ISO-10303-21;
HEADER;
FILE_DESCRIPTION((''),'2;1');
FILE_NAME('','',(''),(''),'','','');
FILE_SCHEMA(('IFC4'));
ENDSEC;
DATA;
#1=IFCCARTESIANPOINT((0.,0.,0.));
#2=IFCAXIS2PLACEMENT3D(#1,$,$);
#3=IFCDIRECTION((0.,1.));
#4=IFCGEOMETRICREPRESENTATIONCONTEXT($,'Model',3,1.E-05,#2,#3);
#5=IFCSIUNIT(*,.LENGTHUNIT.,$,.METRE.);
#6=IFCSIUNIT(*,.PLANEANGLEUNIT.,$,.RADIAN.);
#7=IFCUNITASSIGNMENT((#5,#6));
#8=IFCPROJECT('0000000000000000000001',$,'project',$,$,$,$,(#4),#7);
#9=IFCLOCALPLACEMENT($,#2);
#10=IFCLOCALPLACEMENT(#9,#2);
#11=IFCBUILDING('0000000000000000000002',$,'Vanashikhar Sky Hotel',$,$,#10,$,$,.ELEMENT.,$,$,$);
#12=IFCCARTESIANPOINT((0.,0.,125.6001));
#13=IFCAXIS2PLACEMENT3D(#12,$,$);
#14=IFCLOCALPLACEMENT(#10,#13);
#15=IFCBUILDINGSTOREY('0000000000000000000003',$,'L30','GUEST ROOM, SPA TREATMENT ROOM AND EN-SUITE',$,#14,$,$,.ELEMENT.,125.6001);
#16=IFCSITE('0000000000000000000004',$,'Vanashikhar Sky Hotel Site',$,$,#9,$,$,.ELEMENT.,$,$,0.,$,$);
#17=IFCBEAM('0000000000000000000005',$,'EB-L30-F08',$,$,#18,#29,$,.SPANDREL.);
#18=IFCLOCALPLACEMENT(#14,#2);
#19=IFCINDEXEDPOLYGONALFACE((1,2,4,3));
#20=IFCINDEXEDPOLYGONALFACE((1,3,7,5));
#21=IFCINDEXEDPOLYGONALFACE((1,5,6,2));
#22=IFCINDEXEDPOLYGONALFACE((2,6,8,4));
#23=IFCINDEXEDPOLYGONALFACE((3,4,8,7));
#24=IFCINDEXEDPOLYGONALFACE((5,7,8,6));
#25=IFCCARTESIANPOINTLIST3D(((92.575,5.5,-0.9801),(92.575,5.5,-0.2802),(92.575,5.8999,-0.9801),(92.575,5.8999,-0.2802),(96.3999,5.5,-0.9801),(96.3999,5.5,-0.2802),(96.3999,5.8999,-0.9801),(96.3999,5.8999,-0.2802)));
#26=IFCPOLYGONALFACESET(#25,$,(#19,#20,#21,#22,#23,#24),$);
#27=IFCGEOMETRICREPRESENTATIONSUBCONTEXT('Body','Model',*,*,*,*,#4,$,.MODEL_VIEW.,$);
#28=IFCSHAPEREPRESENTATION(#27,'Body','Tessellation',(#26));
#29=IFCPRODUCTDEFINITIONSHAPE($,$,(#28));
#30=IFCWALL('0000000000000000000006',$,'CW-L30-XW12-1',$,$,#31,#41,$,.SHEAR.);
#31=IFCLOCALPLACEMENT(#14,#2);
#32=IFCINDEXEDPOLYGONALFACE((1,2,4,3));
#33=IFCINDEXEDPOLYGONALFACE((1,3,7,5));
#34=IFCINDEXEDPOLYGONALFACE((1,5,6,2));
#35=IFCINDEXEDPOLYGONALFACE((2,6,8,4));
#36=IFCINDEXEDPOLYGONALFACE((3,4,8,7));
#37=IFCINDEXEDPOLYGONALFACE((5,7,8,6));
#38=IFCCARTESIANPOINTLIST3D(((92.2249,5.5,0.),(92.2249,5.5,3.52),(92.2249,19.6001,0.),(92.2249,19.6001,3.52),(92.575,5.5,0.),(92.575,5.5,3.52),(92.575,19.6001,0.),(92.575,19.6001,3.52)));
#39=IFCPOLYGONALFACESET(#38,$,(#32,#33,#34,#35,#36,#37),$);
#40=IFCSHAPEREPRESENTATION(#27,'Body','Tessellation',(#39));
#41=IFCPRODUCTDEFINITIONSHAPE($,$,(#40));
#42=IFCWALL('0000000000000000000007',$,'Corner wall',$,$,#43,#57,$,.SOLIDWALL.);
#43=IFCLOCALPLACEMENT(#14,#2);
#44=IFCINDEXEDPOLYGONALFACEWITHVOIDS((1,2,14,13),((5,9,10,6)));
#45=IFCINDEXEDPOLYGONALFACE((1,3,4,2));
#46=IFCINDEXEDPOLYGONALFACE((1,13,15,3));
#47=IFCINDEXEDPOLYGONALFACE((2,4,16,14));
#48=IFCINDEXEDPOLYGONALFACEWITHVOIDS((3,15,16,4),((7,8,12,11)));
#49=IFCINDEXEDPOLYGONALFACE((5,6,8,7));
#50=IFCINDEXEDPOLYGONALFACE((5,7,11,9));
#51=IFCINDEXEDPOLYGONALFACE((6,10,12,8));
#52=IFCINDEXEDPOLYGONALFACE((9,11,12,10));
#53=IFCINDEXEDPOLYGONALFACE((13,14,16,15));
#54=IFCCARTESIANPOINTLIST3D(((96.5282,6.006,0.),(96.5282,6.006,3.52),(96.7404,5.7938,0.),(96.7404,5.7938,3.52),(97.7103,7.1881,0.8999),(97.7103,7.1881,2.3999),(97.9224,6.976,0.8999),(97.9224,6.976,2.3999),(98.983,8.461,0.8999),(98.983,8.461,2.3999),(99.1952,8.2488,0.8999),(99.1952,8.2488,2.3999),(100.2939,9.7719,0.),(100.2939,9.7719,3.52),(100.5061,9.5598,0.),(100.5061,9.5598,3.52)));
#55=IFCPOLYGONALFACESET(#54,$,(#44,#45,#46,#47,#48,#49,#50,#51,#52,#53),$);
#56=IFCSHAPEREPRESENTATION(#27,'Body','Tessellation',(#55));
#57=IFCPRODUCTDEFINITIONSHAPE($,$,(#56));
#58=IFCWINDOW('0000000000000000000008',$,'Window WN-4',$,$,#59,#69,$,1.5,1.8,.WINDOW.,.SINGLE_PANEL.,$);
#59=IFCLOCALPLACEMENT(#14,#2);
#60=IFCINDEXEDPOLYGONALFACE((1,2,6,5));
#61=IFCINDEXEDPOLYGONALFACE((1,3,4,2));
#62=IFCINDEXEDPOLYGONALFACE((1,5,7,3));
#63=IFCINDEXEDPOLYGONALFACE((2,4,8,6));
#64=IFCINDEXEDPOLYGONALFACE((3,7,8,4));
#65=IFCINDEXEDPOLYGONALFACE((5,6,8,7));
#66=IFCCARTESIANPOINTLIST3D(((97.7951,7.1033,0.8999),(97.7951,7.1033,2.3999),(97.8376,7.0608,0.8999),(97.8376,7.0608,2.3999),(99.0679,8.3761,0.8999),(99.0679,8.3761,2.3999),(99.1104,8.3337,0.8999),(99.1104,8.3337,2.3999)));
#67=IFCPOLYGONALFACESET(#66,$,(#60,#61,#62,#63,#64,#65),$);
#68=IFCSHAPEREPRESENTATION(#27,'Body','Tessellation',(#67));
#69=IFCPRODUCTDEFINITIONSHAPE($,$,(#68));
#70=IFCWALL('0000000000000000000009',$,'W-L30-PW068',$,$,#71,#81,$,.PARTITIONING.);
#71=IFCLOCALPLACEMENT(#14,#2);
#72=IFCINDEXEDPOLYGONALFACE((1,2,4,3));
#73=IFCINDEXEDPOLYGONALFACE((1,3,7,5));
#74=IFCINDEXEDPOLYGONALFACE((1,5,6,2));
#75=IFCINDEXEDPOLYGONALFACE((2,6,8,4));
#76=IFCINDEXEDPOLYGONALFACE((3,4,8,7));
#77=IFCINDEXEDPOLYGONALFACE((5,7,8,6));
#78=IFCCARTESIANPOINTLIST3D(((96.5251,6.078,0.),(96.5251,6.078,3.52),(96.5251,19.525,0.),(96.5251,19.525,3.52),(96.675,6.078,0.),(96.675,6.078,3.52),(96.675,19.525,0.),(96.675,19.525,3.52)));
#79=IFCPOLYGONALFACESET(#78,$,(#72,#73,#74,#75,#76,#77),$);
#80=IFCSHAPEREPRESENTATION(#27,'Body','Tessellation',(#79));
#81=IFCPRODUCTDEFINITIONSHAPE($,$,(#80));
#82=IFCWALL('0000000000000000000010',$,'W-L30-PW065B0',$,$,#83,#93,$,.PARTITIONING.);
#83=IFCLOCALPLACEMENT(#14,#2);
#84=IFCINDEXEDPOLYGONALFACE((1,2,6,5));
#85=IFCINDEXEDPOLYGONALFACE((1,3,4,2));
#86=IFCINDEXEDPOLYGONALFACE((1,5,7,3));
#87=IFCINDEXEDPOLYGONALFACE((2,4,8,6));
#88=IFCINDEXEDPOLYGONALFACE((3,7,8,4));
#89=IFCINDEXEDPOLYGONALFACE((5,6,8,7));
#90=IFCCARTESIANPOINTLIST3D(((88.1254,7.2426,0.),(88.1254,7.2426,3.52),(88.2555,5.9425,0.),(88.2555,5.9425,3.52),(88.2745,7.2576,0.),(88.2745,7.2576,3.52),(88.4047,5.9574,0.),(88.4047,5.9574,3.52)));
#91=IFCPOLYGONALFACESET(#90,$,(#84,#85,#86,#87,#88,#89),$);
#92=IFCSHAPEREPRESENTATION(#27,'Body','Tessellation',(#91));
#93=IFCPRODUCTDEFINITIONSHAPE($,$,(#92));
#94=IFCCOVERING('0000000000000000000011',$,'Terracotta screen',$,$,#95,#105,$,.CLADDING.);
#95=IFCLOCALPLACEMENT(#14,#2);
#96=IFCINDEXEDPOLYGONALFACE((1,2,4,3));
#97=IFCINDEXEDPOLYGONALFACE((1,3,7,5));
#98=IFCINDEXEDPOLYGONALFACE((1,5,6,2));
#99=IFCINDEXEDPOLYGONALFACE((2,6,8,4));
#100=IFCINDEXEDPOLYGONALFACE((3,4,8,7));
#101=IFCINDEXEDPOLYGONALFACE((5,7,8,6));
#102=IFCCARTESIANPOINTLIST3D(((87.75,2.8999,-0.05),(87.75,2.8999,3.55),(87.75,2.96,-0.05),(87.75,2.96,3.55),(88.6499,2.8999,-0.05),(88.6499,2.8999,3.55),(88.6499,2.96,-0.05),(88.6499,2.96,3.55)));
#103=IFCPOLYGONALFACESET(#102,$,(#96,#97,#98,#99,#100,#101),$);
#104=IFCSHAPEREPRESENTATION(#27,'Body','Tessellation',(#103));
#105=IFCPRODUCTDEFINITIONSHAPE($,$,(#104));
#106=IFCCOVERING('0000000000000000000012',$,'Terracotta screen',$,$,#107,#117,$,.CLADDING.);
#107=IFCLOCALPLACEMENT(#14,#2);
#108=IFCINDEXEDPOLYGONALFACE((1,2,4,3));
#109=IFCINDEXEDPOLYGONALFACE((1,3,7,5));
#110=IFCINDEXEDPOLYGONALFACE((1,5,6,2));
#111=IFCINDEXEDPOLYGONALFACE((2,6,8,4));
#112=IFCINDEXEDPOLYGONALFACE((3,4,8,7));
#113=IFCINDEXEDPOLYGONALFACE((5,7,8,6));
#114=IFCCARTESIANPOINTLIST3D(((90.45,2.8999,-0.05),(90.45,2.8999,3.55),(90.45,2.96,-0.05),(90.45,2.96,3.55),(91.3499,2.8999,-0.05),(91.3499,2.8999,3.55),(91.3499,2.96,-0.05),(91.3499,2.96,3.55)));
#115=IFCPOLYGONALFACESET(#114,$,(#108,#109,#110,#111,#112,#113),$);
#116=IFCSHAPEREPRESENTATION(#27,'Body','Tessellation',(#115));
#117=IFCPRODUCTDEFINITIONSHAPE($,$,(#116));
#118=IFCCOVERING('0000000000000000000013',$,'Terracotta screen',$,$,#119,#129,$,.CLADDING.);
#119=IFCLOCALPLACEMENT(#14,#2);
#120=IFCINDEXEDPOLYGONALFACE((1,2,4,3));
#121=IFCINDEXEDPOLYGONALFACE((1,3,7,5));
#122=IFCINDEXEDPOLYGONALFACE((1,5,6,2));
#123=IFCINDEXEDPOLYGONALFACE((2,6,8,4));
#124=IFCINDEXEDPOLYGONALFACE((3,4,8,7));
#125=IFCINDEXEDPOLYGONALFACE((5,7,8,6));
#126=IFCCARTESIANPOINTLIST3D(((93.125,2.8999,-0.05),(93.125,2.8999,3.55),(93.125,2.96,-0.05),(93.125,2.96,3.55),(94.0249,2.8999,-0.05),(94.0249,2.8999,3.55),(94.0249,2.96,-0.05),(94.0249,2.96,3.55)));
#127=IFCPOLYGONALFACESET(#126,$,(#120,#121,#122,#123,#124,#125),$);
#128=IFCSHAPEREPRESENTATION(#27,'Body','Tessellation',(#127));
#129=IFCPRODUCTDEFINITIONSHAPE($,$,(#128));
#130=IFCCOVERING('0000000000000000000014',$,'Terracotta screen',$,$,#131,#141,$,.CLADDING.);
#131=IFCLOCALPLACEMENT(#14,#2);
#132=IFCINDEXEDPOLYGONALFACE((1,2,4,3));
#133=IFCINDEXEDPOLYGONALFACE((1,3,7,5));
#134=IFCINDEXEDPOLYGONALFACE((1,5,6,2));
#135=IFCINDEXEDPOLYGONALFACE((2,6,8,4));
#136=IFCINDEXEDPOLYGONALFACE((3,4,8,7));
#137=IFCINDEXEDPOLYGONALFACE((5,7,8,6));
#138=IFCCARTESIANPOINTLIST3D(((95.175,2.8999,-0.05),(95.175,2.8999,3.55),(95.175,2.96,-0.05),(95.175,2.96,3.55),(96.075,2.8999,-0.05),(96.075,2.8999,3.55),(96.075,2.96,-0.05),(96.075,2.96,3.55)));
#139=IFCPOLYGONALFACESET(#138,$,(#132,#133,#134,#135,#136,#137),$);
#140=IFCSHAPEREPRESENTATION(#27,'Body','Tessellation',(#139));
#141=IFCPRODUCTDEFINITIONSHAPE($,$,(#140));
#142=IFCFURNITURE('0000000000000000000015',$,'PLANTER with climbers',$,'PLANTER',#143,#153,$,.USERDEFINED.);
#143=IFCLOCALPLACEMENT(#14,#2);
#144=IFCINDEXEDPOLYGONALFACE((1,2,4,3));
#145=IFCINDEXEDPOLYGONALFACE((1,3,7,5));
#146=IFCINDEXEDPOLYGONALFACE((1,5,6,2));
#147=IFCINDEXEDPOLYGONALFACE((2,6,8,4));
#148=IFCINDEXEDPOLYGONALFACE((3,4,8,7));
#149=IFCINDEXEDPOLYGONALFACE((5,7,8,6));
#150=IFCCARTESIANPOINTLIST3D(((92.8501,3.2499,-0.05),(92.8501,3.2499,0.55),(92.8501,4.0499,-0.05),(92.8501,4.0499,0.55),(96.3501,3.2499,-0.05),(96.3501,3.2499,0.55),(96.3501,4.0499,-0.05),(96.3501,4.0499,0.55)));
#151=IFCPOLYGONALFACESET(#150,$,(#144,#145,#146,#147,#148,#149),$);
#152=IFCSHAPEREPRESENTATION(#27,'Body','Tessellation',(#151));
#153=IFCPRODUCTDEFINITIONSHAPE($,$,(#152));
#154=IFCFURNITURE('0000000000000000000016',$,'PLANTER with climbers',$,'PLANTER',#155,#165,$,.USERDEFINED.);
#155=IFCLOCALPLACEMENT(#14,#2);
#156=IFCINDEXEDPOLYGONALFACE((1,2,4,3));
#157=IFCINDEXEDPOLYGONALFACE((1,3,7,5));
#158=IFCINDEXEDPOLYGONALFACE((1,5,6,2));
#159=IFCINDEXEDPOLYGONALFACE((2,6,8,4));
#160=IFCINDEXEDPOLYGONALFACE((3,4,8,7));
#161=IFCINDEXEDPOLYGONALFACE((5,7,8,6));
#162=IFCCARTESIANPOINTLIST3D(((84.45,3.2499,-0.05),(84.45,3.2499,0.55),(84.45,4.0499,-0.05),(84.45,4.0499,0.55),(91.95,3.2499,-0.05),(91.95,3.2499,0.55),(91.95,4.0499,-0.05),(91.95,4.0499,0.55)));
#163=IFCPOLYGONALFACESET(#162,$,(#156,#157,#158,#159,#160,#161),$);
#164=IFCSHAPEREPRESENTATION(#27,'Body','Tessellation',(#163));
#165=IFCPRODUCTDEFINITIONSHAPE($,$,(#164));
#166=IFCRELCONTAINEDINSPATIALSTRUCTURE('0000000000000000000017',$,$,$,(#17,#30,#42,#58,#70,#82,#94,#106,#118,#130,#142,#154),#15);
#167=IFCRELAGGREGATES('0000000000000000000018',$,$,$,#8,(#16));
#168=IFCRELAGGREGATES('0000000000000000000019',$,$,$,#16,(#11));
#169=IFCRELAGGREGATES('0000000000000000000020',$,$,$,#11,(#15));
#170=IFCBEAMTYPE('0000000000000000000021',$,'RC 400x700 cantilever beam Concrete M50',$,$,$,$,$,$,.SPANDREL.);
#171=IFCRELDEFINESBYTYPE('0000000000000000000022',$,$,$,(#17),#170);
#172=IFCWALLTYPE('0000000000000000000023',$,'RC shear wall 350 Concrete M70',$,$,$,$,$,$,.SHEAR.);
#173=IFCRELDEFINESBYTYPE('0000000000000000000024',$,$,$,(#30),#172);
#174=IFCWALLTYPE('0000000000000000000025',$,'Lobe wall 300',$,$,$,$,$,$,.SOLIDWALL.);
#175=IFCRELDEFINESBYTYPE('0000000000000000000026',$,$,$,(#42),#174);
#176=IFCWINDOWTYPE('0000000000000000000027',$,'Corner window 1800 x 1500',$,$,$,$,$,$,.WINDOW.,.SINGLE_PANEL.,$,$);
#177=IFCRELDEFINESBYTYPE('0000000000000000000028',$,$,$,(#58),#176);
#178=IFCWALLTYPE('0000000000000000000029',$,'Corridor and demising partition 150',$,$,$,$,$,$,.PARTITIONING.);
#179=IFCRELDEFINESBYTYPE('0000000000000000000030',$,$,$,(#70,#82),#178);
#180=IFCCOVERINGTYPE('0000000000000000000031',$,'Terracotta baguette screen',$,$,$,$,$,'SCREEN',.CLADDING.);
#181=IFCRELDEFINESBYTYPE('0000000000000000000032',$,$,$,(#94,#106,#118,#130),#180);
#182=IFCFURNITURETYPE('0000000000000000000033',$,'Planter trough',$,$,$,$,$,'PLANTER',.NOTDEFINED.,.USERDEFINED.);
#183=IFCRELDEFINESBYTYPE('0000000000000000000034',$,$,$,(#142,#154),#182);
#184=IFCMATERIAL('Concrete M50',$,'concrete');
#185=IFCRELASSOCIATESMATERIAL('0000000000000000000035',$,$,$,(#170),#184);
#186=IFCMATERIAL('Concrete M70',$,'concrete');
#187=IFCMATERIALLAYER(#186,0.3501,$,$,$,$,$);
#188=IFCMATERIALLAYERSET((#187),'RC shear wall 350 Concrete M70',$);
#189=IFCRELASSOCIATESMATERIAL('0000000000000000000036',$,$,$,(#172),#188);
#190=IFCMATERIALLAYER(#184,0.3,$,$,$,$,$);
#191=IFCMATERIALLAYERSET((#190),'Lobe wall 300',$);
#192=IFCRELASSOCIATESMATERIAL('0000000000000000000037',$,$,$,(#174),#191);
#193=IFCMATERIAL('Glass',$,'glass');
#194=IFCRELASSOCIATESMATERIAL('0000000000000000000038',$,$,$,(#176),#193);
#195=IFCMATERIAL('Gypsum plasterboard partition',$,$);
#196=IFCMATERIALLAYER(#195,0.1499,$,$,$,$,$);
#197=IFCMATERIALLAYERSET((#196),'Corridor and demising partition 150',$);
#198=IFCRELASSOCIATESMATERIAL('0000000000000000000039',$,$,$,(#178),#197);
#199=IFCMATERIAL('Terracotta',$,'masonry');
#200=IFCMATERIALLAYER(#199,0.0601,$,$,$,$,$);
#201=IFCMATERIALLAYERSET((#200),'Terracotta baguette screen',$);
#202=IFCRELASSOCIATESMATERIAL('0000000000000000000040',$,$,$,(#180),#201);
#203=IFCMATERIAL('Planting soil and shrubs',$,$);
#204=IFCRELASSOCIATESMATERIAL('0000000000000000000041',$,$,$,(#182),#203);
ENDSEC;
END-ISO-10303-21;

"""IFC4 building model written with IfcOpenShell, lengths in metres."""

from ifc_helpers import new_model, si_unit, direction, frame, frame_2d, origin, origin_2d, place, context, subcontext, project, spatial, rectangle, extrude, source, transform, mapped, material, layer, layer_set, material_profile, profile_set, type_object, element, fill, save


model = new_model("IFC4")

# Units and contexts
model_context = context("Model", 3, precision=1e-05, world=origin(), true_north=direction((0.0, 1.0)))
body_context = subcontext(model_context, "Body", "Model", "MODEL_VIEW")
ifc_project = project(units=[si_unit("LENGTHUNIT", "METRE"), si_unit("PLANEANGLEUNIT", "RADIAN")], contexts=[model_context])

# Site, building, storey
site_placement = place(None, origin())
site = spatial("IfcSite", under=ifc_project, at=site_placement, Name="Vanashikhar Sky Hotel Site", CompositionType="ELEMENT", RefElevation=0.0)
building_placement = place(site_placement, origin())
building = spatial("IfcBuilding", under=site, at=building_placement, Name="Vanashikhar Sky Hotel", CompositionType="ELEMENT")
storey_placement = place(building_placement, frame((0.0, 0.0, 125.6001)))
storey = spatial("IfcBuildingStorey", under=building, at=storey_placement, Name="L30", Description="GUEST ROOM, SPA TREATMENT ROOM AND EN-SUITE", CompositionType="ELEMENT", Elevation=125.6001)

# Beam
ifc_material_1 = material(Name="Concrete M50", Category="concrete")
ifc_material_profile = material_profile(ifc_material_1, rectangle(XDim=0.3999, YDim=0.7, at=origin_2d()))
ifc_profile_set = profile_set([ifc_material_profile], Name="RC 400x700 cantilever beam Concrete M50")
beam_type = type_object("IfcBeamType", Name="RC 400x700 cantilever beam Concrete M50", PredefinedType="SPANDREL", material=ifc_profile_set)
shared_shape_1 = source(origin(), body_context, "Body", "SweptSolid", [
    extrude(rectangle(XDim=0.3999, YDim=0.7, at=origin_2d()), origin(), (0.0, 0.0, 1.0), 3.825),
])
beam_placement = place(storey_placement, frame((92.575, 5.7, -0.6301), z_axis=(1.0, 0.0, 0.0), x_axis=(0.0, 1.0, 0.0)))
element("IfcBeam", 1, at=beam_placement, inside=storey, type_object=beam_type, Name="EB-L30-F08", PredefinedType="SPANDREL", context=body_context, shape_type="MappedRepresentation", body=[
    mapped(shared_shape_1, transform((0.0, 0.0, 0.0), scale=1.0)),
])

# Wall
ifc_material_2 = material(Name="Concrete M70", Category="concrete")
ifc_layer_1 = layer(ifc_material_2, 0.3501)
ifc_layer_set_1 = layer_set([ifc_layer_1], Name="RC shear wall 350 Concrete M70")
wall_type_1 = type_object("IfcWallType", Name="RC shear wall 350 Concrete M70", PredefinedType="SHEAR", material=ifc_layer_set_1)
shared_shape_2 = source(origin(), body_context, "Body", "SweptSolid", [
    extrude(rectangle(XDim=14.1001, YDim=0.3501, at=frame_2d((7.05, 0.0))), origin(), (0.0, 0.0, 1.0), 3.52),
])
wall_1_placement = place(storey_placement, frame((92.3999, 5.5, 0.0), z_axis=(0.0, 0.0, 1.0), x_axis=(0.0, 1.0, 0.0)))
element("IfcWall", 2, at=wall_1_placement, inside=storey, type_object=wall_type_1, Name="CW-L30-XW12-1", PredefinedType="SHEAR", context=body_context, shape_type="MappedRepresentation", body=[
    mapped(shared_shape_2, transform((0.0, 0.0, 0.0), scale=1.0)),
])

# Wall, opening, window
ifc_layer_2 = layer(ifc_material_1, 0.3)
ifc_layer_set_2 = layer_set([ifc_layer_2], Name="Lobe wall 300")
wall_type_2 = type_object("IfcWallType", Name="Lobe wall 300", PredefinedType="SOLIDWALL", material=ifc_layer_set_2)
shared_shape_3 = source(origin(), body_context, "Body", "SweptSolid", [
    extrude(rectangle(XDim=5.3257, YDim=0.3, at=frame_2d((2.6628, 0.0))), origin(), (0.0, 0.0, 1.0), 3.52),
])
wall_2_placement = place(storey_placement, frame((96.6343, 5.8999, 0.0), z_axis=(0.0, 0.0, 1.0), x_axis=(0.707084, 0.70713, 0.0)))
wall_2 = element("IfcWall", 3, at=wall_2_placement, inside=storey, type_object=wall_type_2, Name="Corner wall", PredefinedType="SOLIDWALL", context=body_context, shape_type="MappedRepresentation", body=[
    mapped(shared_shape_3, transform((0.0, 0.0, 0.0), scale=1.0)),
])
shared_shape_4 = source(origin(), body_context, "Body", "SweptSolid", [
    extrude(rectangle(XDim=1.8, YDim=1.5, at=frame_2d((0.8999, 0.75))), frame((0.0, 0.1602, 0.0), z_axis=(0.0, -1.0, 0.0), x_axis=(1.0, 0.0, 0.0)), (0.0, 0.0, 1.0), 0.3201),
])
opening_1_placement = place(wall_2_placement, frame((1.6719, 0.0, 0.8999)))
opening_1 = element("IfcOpeningElement", 4, at=opening_1_placement, cuts=wall_2, PredefinedType="OPENING", context=body_context, shape_type="MappedRepresentation", body=[
    mapped(shared_shape_4, transform((0.0, 0.0, 0.0), scale=1.0)),
])
ifc_material_3 = material(Name="Glass", Category="glass")
window_type_1 = type_object("IfcWindowType", Name="Corner window 1800 x 1500", PartitioningType="SINGLE_PANEL", PredefinedType="WINDOW", material=ifc_material_3)
shared_shape_5 = source(origin(), body_context, "Body", "SweptSolid", [
    extrude(rectangle(XDim=1.8, YDim=1.5, at=frame_2d((0.8999, 0.75))), frame((0.0, 0.03, 0.0), z_axis=(0.0, -1.0, 0.0), x_axis=(1.0, 0.0, 0.0)), (0.0, 0.0, 1.0), 0.0601),
])
window_1_placement = place(opening_1_placement, origin())
window_1 = element("IfcWindow", 5, at=window_1_placement, inside=storey, type_object=window_type_1, Name="Window WN-4", OverallHeight=1.5, OverallWidth=1.8, PartitioningType="SINGLE_PANEL", PredefinedType="WINDOW", context=body_context, shape_type="MappedRepresentation", body=[
    mapped(shared_shape_5, transform((0.0, 0.0, 0.0), scale=1.0)),
])
fill(opening_1, window_1)

# Walls
ifc_material_4 = material(Name="Gypsum plasterboard partition")
ifc_layer_3 = layer(ifc_material_4, 0.1499)
ifc_layer_set_3 = layer_set([ifc_layer_3], Name="Corridor and demising partition 150")
wall_type_3 = type_object("IfcWallType", Name="Corridor and demising partition 150", PredefinedType="PARTITIONING", material=ifc_layer_set_3)
shared_shape_6 = source(origin(), body_context, "Body", "SweptSolid", [
    extrude(rectangle(XDim=13.447, YDim=0.1499, at=frame_2d((6.7236, 0.0))), origin(), (0.0, 0.0, 1.0), 3.52),
])
wall_3_placement = place(storey_placement, frame((96.6001, 6.0779, 0.0), z_axis=(0.0, 0.0, 1.0), x_axis=(0.0, 1.0, 0.0)))
element("IfcWall", 6, at=wall_3_placement, inside=storey, type_object=wall_type_3, Name="W-L30-PW068", PredefinedType="PARTITIONING", context=body_context, shape_type="MappedRepresentation", body=[
    mapped(shared_shape_6, transform((0.0, 0.0, 0.0), scale=1.0)),
])
shared_shape_7 = source(origin(), body_context, "Body", "SweptSolid", [
    extrude(rectangle(XDim=1.3066, YDim=0.1499, at=frame_2d((0.6533, 0.0))), origin(), (0.0, 0.0, 1.0), 3.52),
])
wall_4_placement = place(storey_placement, frame((88.3301, 5.95, 0.0), z_axis=(0.0, 0.0, 1.0), x_axis=(-0.099596, 0.995028, 0.0)))
element("IfcWall", 7, at=wall_4_placement, inside=storey, type_object=wall_type_3, Name="W-L30-PW065B0", PredefinedType="PARTITIONING", context=body_context, shape_type="MappedRepresentation", body=[
    mapped(shared_shape_7, transform((0.0, 0.0, 0.0), scale=1.0)),
])

# Coverings
ifc_material_5 = material(Name="Terracotta", Category="masonry")
ifc_layer_4 = layer(ifc_material_5, 0.0601)
ifc_layer_set_4 = layer_set([ifc_layer_4], Name="Terracotta baguette screen")
covering_type = type_object("IfcCoveringType", Name="Terracotta baguette screen", ElementType="SCREEN", PredefinedType="CLADDING", material=ifc_layer_set_4)
shared_shape_8 = source(origin(), body_context, "Body", "SweptSolid", [
    extrude(rectangle(XDim=0.8999, YDim=0.0601, at=origin_2d()), origin(), (0.0, 0.0, 1.0), 3.6001),
])
for number, where, z_axis, x_axis, name in (
    (8, (88.2, 2.9299, -0.05), (0.0, 0.0, 1.0), (1.0, 0.0, 0.0), "Terracotta screen"),
    (9, (90.8999, 2.9299, -0.05), (0.0, 0.0, 1.0), (1.0, 0.0, 0.0), "Terracotta screen"),
    (10, (93.575, 2.9299, -0.05), (0.0, 0.0, 1.0), (1.0, 0.0, 0.0), "Terracotta screen"),
    (11, (95.625, 2.9299, -0.05), (0.0, 0.0, 1.0), (1.0, 0.0, 0.0), "Terracotta screen"),
):
    element("IfcCovering", number, at=place(storey_placement, frame(where, z_axis=z_axis, x_axis=x_axis)), inside=storey, type_object=covering_type, Name=name, PredefinedType="CLADDING", context=body_context, shape_type="MappedRepresentation", body=[
        mapped(shared_shape_8, transform((0.0, 0.0, 0.0), scale=1.0)),
    ])

# Furniture
ifc_material_6 = material(Name="Planting soil and shrubs")
furniture_type = type_object("IfcFurnitureType", Name="Planter trough", ElementType="PLANTER", AssemblyPlace="NOTDEFINED", PredefinedType="USERDEFINED", material=ifc_material_6)
shared_shape_9 = source(origin(), body_context, "Body", "SweptSolid", [
    extrude(rectangle(XDim=3.5, YDim=0.8, at=origin_2d()), origin(), (0.0, 0.0, 1.0), 0.6001),
])
furniture_1_placement = place(storey_placement, frame((94.6001, 3.6499, -0.05), z_axis=(0.0, 0.0, 1.0), x_axis=(1.0, 0.0, 0.0)))
element("IfcFurniture", 12, at=furniture_1_placement, inside=storey, type_object=furniture_type, Name="PLANTER with climbers", ObjectType="PLANTER", PredefinedType="USERDEFINED", context=body_context, shape_type="MappedRepresentation", body=[
    mapped(shared_shape_9, transform((0.0, 0.0, 0.0), scale=1.0)),
])
shared_shape_10 = source(origin(), body_context, "Body", "SweptSolid", [
    extrude(rectangle(XDim=7.5, YDim=0.8, at=origin_2d()), origin(), (0.0, 0.0, 1.0), 0.6001),
])
furniture_2_placement = place(storey_placement, frame((88.2, 3.6499, -0.05), z_axis=(0.0, 0.0, 1.0), x_axis=(1.0, 0.0, 0.0)))
element("IfcFurniture", 13, at=furniture_2_placement, inside=storey, type_object=furniture_type, Name="PLANTER with climbers", ObjectType="PLANTER", PredefinedType="USERDEFINED", context=body_context, shape_type="MappedRepresentation", body=[
    mapped(shared_shape_10, transform((0.0, 0.0, 0.0), scale=1.0)),
])

save(model, "model.ifc")
